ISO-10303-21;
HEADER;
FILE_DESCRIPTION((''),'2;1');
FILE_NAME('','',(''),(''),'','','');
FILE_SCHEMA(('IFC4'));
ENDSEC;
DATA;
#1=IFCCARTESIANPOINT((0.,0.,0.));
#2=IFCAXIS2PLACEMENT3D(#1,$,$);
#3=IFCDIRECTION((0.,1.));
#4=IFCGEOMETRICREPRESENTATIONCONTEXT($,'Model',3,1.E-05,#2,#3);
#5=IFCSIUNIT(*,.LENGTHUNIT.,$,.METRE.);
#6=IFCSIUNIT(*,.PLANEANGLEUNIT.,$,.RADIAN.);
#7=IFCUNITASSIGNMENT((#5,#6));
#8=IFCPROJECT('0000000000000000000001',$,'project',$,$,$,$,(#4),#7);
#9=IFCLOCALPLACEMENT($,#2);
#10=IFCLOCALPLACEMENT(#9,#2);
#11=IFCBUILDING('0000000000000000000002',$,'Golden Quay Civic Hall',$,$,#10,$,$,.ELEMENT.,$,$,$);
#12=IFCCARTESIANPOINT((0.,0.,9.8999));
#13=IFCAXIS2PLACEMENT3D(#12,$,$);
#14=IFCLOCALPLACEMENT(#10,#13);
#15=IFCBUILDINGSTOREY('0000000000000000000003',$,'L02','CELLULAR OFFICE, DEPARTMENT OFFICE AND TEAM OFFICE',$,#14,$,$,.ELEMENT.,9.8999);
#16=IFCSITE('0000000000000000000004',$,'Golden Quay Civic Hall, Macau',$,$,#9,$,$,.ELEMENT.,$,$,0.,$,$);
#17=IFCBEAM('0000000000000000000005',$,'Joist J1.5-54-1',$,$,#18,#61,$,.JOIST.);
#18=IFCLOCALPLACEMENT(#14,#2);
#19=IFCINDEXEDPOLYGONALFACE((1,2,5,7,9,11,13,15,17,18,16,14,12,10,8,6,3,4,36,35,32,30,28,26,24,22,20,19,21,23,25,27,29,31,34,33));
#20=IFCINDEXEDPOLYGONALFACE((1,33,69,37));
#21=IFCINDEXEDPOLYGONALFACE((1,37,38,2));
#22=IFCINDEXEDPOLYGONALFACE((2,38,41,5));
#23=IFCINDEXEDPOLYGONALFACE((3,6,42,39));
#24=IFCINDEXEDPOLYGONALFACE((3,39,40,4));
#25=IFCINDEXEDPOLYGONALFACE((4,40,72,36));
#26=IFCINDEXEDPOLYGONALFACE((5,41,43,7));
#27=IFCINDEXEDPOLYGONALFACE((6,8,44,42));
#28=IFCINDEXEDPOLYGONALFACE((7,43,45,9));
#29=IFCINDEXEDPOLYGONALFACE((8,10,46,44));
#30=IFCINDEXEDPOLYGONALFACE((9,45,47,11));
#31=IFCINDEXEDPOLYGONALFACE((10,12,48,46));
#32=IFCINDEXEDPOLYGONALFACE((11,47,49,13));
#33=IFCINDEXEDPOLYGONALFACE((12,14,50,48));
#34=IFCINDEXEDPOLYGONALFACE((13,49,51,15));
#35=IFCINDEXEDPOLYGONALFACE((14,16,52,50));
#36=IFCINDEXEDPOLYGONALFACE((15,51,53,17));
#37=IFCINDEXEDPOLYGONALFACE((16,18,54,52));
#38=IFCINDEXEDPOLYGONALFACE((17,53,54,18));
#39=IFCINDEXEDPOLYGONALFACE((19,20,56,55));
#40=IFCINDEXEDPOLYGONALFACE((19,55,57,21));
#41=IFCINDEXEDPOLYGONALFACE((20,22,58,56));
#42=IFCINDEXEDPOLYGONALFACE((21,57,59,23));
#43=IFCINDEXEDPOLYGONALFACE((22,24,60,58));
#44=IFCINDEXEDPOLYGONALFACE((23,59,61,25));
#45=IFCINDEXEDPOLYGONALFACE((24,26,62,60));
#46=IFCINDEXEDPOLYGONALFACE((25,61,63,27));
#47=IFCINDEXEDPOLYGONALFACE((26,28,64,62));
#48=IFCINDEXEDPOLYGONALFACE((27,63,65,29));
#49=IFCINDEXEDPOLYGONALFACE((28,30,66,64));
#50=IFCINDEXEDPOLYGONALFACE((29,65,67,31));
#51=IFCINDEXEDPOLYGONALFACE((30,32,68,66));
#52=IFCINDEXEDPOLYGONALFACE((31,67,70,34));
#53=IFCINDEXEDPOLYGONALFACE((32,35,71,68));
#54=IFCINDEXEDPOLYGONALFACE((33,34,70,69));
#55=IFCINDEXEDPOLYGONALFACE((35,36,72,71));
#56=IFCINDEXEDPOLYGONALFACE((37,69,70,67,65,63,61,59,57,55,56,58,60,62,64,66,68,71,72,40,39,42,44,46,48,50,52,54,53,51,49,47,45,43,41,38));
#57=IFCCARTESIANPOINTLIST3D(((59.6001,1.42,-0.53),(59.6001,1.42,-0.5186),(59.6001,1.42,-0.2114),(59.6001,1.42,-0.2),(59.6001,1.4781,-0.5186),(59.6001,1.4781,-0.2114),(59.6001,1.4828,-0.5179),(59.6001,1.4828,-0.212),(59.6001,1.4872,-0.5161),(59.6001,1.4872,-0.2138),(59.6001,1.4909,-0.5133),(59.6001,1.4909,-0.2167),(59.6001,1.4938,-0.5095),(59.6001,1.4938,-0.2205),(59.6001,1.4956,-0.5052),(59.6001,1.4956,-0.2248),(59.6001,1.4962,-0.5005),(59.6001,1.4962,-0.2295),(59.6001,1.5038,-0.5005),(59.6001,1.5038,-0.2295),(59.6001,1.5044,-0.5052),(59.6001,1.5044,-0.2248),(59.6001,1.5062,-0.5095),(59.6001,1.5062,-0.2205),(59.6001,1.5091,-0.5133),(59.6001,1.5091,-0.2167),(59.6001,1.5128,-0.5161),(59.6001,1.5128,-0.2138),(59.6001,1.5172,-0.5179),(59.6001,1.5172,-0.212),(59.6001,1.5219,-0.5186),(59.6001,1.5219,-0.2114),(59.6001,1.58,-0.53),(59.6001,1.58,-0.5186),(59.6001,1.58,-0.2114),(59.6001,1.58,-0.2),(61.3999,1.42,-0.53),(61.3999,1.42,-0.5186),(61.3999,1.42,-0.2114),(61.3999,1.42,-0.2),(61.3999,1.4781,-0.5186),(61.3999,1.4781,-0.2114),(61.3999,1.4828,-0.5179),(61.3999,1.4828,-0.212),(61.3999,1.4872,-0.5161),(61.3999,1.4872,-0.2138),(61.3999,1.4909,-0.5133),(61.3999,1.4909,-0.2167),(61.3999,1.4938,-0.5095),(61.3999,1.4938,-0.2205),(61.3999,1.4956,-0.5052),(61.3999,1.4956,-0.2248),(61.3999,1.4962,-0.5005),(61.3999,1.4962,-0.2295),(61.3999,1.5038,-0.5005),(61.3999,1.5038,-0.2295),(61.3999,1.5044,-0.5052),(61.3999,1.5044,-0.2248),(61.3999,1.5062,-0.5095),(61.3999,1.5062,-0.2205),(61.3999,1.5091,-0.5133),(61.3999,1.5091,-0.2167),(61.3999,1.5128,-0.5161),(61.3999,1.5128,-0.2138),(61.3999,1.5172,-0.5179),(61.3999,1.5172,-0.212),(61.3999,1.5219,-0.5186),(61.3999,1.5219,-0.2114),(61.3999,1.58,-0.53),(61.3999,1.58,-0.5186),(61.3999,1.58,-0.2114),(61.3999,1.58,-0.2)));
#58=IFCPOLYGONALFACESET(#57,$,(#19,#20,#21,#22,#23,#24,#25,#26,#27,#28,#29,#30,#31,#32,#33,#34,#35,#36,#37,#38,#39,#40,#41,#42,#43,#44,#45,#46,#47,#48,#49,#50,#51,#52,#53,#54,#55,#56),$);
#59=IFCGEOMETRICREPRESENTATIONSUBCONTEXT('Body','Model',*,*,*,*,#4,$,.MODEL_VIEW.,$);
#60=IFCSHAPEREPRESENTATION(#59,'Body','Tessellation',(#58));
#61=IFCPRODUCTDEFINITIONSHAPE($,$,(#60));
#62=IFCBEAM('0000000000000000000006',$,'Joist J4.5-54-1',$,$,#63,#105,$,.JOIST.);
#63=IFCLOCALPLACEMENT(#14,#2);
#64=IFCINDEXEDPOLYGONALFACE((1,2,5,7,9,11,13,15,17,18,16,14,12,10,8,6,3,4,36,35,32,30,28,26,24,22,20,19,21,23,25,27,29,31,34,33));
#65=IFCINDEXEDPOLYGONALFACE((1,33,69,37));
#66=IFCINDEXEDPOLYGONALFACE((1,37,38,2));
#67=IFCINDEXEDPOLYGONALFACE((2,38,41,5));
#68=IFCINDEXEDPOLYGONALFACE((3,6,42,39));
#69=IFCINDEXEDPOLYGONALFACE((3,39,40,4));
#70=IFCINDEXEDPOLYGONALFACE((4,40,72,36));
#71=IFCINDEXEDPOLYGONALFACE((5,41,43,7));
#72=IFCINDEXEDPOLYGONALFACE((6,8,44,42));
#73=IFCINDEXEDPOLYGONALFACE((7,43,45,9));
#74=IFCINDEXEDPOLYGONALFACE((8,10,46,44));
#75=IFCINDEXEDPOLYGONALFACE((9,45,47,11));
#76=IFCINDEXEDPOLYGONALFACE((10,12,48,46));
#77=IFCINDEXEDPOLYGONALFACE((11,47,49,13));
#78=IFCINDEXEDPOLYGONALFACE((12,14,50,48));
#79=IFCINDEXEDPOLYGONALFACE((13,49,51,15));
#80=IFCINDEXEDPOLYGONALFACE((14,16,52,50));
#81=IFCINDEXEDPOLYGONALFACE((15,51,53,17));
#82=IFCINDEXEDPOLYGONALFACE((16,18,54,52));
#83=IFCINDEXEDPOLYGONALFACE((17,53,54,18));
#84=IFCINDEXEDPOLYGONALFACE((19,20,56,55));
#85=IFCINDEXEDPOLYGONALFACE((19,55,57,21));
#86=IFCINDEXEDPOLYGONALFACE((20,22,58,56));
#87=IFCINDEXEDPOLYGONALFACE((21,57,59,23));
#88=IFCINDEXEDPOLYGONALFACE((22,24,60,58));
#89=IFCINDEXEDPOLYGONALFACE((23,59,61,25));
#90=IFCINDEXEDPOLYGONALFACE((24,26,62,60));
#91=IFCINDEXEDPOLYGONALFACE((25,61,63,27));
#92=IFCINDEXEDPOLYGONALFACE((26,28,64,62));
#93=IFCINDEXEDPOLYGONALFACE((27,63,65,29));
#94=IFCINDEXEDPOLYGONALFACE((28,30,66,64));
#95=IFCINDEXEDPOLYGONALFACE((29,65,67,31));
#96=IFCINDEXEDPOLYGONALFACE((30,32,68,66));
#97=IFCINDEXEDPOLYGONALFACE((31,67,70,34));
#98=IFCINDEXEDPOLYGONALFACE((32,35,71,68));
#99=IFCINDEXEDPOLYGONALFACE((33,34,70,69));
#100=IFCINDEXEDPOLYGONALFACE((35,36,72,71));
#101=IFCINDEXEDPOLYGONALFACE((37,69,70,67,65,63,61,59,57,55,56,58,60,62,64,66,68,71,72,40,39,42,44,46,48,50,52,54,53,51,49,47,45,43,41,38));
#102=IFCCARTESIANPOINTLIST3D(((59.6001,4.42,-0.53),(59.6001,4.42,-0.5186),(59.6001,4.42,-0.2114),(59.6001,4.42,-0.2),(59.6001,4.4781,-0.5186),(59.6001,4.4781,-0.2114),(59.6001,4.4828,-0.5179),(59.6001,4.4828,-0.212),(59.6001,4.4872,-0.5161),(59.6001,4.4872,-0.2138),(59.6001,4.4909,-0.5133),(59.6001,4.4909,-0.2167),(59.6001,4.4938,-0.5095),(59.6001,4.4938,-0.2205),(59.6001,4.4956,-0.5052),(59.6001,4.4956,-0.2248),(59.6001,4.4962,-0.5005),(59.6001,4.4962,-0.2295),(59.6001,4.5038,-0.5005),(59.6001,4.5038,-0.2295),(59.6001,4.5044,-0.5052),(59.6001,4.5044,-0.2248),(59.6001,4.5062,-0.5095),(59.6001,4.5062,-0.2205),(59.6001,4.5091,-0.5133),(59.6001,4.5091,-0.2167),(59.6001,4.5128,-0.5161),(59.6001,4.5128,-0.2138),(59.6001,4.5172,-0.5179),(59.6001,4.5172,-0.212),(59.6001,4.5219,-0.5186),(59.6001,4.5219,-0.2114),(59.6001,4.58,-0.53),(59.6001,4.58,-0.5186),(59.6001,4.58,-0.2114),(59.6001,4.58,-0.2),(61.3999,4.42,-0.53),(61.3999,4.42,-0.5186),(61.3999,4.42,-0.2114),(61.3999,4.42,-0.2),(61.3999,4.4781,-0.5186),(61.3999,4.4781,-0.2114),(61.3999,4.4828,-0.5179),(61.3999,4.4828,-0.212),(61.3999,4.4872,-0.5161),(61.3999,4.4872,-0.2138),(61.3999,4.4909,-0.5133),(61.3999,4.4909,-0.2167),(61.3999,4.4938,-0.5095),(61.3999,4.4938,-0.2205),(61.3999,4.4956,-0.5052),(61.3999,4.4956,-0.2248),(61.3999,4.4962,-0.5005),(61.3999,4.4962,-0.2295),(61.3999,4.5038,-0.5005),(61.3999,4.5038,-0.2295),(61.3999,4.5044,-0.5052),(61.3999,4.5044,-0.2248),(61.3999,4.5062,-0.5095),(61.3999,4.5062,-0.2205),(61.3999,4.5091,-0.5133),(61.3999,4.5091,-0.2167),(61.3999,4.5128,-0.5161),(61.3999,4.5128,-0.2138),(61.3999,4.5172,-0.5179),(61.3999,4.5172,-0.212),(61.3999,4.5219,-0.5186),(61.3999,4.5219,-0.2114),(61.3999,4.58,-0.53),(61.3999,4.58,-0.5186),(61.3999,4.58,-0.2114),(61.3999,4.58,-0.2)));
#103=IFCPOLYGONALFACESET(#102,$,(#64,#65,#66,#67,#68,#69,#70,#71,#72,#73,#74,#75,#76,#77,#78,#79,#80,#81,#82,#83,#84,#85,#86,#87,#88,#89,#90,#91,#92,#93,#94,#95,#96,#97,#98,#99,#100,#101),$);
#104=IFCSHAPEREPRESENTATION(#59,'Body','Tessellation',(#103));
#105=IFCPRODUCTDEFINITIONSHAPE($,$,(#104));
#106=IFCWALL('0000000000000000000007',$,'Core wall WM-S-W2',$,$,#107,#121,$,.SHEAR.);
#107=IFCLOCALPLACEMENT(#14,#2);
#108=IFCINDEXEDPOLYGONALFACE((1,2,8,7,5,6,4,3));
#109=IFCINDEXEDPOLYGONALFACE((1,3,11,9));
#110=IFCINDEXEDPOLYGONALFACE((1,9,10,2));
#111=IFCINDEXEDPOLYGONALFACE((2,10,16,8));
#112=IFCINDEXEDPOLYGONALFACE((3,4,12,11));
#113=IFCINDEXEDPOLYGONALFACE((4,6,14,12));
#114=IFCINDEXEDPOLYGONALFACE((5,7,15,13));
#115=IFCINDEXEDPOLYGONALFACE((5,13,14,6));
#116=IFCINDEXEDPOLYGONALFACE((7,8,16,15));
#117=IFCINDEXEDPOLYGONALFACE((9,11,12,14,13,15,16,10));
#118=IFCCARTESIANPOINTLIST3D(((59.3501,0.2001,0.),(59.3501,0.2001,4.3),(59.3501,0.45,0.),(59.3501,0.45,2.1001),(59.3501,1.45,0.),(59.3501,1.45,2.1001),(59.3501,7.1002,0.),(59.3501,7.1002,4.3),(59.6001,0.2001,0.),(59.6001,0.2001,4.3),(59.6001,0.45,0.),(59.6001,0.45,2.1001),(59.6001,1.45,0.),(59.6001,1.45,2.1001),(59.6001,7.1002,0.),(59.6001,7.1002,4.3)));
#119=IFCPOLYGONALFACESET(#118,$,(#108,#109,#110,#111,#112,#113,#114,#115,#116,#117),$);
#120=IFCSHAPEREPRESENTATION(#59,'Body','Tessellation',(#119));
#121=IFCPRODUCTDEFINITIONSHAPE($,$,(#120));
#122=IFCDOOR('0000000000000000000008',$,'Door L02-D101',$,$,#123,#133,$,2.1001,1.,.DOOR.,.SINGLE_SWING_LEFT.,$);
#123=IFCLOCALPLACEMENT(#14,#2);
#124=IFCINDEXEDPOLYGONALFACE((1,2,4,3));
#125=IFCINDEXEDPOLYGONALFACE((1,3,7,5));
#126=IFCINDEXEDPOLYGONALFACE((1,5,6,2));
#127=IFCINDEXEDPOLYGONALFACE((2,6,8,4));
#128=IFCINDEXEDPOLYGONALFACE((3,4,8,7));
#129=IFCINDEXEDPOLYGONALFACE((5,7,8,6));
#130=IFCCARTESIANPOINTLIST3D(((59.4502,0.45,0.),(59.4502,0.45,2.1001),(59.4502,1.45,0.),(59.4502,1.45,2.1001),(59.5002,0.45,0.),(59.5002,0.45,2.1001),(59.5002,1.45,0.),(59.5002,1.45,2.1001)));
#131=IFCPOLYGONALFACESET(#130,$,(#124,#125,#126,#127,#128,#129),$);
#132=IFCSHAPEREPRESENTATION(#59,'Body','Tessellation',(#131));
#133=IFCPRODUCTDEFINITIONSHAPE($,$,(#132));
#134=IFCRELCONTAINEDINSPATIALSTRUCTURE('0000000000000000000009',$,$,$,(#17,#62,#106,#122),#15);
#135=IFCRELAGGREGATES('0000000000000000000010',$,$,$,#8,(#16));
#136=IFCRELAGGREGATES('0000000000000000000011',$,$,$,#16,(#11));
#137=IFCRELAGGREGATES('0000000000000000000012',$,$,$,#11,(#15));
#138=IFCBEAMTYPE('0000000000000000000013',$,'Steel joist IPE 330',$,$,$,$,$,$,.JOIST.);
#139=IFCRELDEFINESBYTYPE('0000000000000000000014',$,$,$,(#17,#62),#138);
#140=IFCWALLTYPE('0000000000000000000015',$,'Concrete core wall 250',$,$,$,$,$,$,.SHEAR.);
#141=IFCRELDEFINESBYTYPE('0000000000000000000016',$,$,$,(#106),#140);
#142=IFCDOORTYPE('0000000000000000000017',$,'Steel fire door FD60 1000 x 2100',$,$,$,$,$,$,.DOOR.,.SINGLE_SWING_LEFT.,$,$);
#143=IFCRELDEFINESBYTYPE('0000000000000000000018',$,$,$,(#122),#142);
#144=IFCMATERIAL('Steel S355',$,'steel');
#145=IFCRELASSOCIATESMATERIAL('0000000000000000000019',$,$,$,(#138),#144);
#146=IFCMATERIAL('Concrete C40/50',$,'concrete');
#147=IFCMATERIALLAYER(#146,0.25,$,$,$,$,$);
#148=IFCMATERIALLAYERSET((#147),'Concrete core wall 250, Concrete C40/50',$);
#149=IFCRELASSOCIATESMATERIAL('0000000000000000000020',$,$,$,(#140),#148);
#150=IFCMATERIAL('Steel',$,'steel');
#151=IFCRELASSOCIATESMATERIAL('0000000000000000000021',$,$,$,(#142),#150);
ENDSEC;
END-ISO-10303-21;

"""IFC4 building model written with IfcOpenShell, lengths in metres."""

from ifc_helpers import new_model, si_unit, direction, frame, frame_2d, origin, origin_2d, place, context, subcontext, project, spatial, rectangle, i_section, extrude, material, layer, layer_set, material_profile, profile_set, type_object, element, fill, save


model = new_model("IFC4")

# Units and contexts
model_context = context("Model", 3, precision=1e-05, world=origin(), true_north=direction((0.0, 1.0)))
body_context = subcontext(model_context, "Body", "Model", "MODEL_VIEW")
ifc_project = project(units=[si_unit("LENGTHUNIT", "METRE"), si_unit("PLANEANGLEUNIT", "RADIAN")], contexts=[model_context])

# Site, building, storey
site_placement = place(None, origin())
site = spatial("IfcSite", under=ifc_project, at=site_placement, Name="Golden Quay Civic Hall, Macau", CompositionType="ELEMENT", RefElevation=0.0)
building_placement = place(site_placement, origin())
building = spatial("IfcBuilding", under=site, at=building_placement, Name="Golden Quay Civic Hall", CompositionType="ELEMENT")
storey_placement = place(building_placement, frame((0.0, 0.0, 9.8999)))
storey = spatial("IfcBuildingStorey", under=building, at=storey_placement, Name="L02", Description="CELLULAR OFFICE, DEPARTMENT OFFICE AND TEAM OFFICE", CompositionType="ELEMENT", Elevation=9.8999)

# Beams
ifc_material_1 = material(Name="Steel S355", Category="steel")
ifc_material_profile_1 = material_profile(ifc_material_1, i_section(OverallWidth=0.1599, OverallDepth=0.3301, WebThickness=0.0076, FlangeThickness=0.0115, FilletRadius=0.0181, at=origin_2d()), Name="IPE 330")
ifc_profile_set_1 = profile_set([ifc_material_profile_1], Name="Steel S355")
beam_type_1 = type_object("IfcBeamType", Name="Steel joist IPE 330", PredefinedType="JOIST", material=ifc_profile_set_1)
for number, where, z_axis, x_axis, name in (
    (1, (59.6001, 1.5, -0.365), (1.0, 0.0, 0.0), (0.0, 1.0, 0.0), "Joist J1.5-54-1"),
    (2, (59.6001, 4.5, -0.365), (1.0, 0.0, 0.0), (0.0, 1.0, 0.0), "Joist J4.5-54-1"),
):
    element("IfcBeam", number, at=place(storey_placement, frame(where, z_axis=z_axis, x_axis=x_axis)), inside=storey, type_object=beam_type_1, Name=name, PredefinedType="JOIST", context=body_context, shape_type="SweptSolid", body=[
        extrude(i_section(OverallWidth=0.1599, OverallDepth=0.3301, WebThickness=0.0076, FlangeThickness=0.0115, FilletRadius=0.0181, at=origin_2d()), origin(), (0.0, 0.0, 1.0), 1.7998),
    ])

# Wall, opening, door
ifc_material_2 = material(Name="Concrete C40/50", Category="concrete")
ifc_layer_1 = layer(ifc_material_2, 0.25)
ifc_layer_set_1 = layer_set([ifc_layer_1], Name="Concrete core wall 250, Concrete C40/50")
wall_type_1 = type_object("IfcWallType", Name="Concrete core wall 250", PredefinedType="SHEAR", material=ifc_layer_set_1)
wall_1_placement = place(storey_placement, frame((59.4751, 0.2, 0.0), z_axis=(0.0, 0.0, 1.0), x_axis=(0.0, 1.0, 0.0)))
wall_1 = element("IfcWall", 3, at=wall_1_placement, inside=storey, type_object=wall_type_1, Name="Core wall WM-S-W2", PredefinedType="SHEAR", context=body_context, shape_type="SweptSolid", body=[
    extrude(rectangle(XDim=6.9001, YDim=0.25, at=frame_2d((3.4502, 0.0))), origin(), (0.0, 0.0, 1.0), 4.3),
])
opening_1_placement = place(wall_1_placement, frame((0.25, 0.0, 0.0)))
opening_1 = element("IfcOpeningElement", 4, at=opening_1_placement, cuts=wall_1, PredefinedType="OPENING", context=body_context, shape_type="SweptSolid", body=[
    extrude(rectangle(XDim=1.0, YDim=2.1001, at=frame_2d((0.5, 1.05))), frame((0.0, 0.135, 0.0), z_axis=(0.0, -1.0, 0.0), x_axis=(1.0, 0.0, 0.0)), (0.0, 0.0, 1.0), 0.27),
])
ifc_material_3 = material(Name="Steel", Category="steel")
door_type_1 = type_object("IfcDoorType", Name="Steel fire door FD60 1000 x 2100", OperationType="SINGLE_SWING_LEFT", PredefinedType="DOOR", material=ifc_material_3)
door_1_placement = place(opening_1_placement, origin())
door_1 = element("IfcDoor", 5, at=door_1_placement, inside=storey, type_object=door_type_1, Name="Door L02-D101", OperationType="SINGLE_SWING_LEFT", OverallHeight=2.1001, OverallWidth=1.0, PredefinedType="DOOR", context=body_context, shape_type="SweptSolid", body=[
    extrude(rectangle(XDim=1.0, YDim=2.1001, at=frame_2d((0.5, 1.05))), frame((0.0, 0.0249, 0.0), z_axis=(0.0, -1.0, 0.0), x_axis=(1.0, 0.0, 0.0)), (0.0, 0.0, 1.0), 0.05),
])
fill(opening_1, door_1)

save(model, "model.ifc")
